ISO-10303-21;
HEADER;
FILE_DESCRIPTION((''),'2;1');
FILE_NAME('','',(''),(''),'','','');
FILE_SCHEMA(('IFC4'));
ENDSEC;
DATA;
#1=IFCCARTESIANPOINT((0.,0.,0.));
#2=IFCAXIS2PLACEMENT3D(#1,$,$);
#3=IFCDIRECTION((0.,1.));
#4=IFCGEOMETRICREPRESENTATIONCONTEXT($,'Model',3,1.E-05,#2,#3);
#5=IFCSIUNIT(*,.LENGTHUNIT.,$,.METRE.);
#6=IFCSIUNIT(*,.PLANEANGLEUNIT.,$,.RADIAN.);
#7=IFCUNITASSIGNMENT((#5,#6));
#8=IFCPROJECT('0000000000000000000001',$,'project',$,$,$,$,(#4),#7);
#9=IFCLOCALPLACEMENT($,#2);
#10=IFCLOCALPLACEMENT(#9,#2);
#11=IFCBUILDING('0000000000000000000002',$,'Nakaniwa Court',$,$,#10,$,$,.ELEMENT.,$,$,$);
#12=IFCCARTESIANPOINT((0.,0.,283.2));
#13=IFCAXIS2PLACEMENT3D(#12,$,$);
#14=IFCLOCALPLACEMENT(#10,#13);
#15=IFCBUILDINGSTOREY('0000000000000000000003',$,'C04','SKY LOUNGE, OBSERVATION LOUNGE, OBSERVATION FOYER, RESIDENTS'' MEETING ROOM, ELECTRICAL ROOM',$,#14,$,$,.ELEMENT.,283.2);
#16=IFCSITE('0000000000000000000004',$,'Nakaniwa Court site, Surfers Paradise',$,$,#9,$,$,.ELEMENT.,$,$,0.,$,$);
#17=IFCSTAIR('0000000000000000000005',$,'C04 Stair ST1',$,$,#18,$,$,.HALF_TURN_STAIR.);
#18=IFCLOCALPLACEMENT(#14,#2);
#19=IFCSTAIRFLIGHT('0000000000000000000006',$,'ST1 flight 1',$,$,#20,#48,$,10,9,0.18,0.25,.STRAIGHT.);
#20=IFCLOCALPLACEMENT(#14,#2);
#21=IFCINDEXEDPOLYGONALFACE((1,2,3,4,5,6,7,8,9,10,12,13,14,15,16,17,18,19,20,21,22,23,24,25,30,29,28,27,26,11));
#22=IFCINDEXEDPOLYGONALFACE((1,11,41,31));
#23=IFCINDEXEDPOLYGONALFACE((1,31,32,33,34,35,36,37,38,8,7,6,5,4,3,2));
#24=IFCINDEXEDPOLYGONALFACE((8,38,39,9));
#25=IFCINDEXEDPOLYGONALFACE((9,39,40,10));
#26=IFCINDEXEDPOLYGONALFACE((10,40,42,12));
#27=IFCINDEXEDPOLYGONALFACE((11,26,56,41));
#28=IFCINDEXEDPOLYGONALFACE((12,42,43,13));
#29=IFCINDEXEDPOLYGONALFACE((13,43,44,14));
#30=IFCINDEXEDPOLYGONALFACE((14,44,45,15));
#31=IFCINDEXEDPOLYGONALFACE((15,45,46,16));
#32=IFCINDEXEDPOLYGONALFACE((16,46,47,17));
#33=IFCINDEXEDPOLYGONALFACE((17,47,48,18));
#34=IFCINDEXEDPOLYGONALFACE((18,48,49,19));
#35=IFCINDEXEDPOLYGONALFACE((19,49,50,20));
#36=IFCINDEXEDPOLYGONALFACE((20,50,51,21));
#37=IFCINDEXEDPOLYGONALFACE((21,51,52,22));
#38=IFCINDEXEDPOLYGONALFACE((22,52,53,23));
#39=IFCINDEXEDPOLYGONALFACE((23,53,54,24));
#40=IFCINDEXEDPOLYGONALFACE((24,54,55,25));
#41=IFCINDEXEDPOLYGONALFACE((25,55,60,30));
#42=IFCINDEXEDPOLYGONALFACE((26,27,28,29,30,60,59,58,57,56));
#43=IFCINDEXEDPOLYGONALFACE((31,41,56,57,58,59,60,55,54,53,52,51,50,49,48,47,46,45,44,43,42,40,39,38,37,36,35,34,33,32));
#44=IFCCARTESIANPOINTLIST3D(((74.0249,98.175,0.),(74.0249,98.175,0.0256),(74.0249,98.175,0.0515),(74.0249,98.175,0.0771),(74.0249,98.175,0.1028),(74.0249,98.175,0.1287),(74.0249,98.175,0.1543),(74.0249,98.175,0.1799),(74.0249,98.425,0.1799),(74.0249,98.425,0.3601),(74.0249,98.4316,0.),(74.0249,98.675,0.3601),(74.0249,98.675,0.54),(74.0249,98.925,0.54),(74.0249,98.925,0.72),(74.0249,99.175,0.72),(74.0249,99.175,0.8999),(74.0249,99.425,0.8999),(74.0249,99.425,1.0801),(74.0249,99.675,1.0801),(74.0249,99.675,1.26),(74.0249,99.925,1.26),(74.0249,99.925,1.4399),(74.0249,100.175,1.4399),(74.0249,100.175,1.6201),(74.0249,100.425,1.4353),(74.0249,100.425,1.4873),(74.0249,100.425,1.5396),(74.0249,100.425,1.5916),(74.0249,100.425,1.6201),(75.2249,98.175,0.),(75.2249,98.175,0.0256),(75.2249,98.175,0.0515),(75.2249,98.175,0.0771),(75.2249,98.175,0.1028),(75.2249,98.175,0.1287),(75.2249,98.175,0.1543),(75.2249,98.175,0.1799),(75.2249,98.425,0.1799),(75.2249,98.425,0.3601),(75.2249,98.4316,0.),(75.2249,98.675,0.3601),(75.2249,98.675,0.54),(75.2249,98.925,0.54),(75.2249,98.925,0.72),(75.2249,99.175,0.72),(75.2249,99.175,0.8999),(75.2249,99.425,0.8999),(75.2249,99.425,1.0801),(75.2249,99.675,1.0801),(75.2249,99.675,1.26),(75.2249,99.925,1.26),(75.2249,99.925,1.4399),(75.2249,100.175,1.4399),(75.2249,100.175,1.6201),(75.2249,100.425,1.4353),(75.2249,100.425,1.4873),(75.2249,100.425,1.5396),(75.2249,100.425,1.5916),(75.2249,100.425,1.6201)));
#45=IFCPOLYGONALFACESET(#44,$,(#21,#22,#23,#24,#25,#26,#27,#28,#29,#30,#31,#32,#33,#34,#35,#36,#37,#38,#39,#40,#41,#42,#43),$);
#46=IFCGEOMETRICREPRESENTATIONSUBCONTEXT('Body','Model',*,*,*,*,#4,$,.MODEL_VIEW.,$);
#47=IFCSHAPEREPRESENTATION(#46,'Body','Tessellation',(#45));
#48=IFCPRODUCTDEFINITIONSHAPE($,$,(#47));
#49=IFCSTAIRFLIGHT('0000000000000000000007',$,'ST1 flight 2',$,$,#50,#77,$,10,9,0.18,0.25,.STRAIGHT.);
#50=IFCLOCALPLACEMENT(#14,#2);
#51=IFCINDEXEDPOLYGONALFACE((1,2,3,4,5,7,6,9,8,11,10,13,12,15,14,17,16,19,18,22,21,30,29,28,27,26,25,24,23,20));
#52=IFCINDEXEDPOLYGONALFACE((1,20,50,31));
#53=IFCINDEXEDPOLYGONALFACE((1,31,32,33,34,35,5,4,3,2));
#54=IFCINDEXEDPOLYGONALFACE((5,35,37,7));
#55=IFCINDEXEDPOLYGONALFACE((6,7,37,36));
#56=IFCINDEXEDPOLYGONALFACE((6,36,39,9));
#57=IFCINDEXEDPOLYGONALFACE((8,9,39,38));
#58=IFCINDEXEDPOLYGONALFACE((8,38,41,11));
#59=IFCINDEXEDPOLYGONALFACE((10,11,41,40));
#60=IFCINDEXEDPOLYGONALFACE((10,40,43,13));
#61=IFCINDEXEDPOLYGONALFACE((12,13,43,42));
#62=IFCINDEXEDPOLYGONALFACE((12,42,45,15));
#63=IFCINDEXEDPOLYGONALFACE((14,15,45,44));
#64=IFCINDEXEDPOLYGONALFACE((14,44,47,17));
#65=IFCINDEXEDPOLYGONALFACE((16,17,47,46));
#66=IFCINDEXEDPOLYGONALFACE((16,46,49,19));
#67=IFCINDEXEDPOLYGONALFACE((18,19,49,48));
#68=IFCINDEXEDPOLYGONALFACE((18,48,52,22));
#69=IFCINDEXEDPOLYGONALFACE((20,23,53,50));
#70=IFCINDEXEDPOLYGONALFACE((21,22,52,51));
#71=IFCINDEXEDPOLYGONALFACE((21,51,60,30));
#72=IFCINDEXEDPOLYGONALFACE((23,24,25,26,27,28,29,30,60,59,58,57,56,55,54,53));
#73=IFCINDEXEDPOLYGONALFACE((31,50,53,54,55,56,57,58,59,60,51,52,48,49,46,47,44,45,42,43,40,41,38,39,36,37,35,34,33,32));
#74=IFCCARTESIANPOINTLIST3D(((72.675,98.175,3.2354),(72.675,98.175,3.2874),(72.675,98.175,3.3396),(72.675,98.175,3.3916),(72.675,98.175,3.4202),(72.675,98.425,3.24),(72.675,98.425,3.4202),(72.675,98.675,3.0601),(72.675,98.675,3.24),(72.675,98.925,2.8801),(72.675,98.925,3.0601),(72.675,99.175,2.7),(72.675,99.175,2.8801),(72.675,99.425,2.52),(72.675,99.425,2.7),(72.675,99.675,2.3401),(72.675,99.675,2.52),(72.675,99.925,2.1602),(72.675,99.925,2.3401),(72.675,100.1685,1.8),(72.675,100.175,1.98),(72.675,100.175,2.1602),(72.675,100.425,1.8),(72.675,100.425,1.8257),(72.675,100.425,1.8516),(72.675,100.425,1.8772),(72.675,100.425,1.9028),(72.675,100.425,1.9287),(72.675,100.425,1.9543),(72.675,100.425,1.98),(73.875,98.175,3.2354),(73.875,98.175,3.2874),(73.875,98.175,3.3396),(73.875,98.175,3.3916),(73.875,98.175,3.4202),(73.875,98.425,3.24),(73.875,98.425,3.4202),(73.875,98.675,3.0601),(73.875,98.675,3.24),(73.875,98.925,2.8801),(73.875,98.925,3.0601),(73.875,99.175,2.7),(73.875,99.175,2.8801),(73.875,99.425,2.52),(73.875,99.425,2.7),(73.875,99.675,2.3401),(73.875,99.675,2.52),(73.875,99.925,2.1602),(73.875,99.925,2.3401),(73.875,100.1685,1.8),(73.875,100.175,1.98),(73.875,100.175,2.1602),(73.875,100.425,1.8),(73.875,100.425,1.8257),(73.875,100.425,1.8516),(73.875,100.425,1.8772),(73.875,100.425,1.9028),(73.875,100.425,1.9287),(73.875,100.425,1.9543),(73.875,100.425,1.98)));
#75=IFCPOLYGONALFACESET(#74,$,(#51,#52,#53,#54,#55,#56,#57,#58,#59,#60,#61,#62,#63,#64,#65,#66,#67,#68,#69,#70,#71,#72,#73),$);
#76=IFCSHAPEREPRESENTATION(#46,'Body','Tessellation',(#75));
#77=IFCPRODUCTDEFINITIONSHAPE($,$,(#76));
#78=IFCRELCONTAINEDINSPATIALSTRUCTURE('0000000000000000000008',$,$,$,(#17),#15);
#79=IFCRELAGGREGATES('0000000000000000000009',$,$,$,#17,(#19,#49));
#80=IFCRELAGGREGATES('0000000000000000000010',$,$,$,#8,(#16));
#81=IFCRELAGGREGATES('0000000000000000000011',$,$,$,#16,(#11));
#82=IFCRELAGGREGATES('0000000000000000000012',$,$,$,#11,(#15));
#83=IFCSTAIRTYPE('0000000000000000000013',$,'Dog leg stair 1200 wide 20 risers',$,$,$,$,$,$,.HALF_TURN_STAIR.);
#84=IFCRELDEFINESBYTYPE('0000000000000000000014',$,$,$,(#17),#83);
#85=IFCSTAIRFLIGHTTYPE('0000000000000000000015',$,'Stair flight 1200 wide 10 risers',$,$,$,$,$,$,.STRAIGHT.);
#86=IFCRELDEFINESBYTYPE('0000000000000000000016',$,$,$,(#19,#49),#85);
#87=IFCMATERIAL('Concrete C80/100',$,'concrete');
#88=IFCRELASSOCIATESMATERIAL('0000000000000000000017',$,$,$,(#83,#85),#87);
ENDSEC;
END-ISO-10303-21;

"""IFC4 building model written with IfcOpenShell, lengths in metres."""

from ifc_helpers import new_model, si_unit, direction, frame, origin, place, context, subcontext, project, spatial, polyline, outline, extrude, material, type_object, element, aggregate, save


model = new_model("IFC4")

# Units and contexts
model_context = context("Model", 3, precision=1e-05, world=origin(), true_north=direction((0.0, 1.0)))
body_context = subcontext(model_context, "Body", "Model", "MODEL_VIEW")
ifc_project = project(units=[si_unit("LENGTHUNIT", "METRE"), si_unit("PLANEANGLEUNIT", "RADIAN")], contexts=[model_context])

# Site, building, storey
site_placement = place(None, origin())
site = spatial("IfcSite", under=ifc_project, at=site_placement, Name="Nakaniwa Court site, Surfers Paradise", CompositionType="ELEMENT", RefElevation=0.0)
building_placement = place(site_placement, origin())
building = spatial("IfcBuilding", under=site, at=building_placement, Name="Nakaniwa Court", CompositionType="ELEMENT")
storey_placement = place(building_placement, frame((0.0, 0.0, 283.2)))
storey = spatial("IfcBuildingStorey", under=building, at=storey_placement, Name="C04", Description="SKY LOUNGE, OBSERVATION LOUNGE, OBSERVATION FOYER, RESIDENTS' MEETING ROOM, ELECTRICAL ROOM", CompositionType="ELEMENT", Elevation=283.2)

# Shared definitions
ifc_material_1 = material(Name="Concrete C80/100", Category="concrete")

# Stair, stair flights
stair_type = type_object("IfcStairType", Name="Dog leg stair 1200 wide 20 risers", PredefinedType="HALF_TURN_STAIR", material=ifc_material_1)
stair_placement = place(storey_placement, origin())
stair = element("IfcStair", 1, at=stair_placement, inside=storey, type_object=stair_type, Name="C04 Stair ST1", PredefinedType="HALF_TURN_STAIR")
stair_flight_type = type_object("IfcStairFlightType", Name="Stair flight 1200 wide 10 risers", PredefinedType="STRAIGHT", material=ifc_material_1)
stair_flight_1_placement = place(storey_placement, frame((74.625, 98.175, 0.0), z_axis=(0.0, 0.0, 1.0), x_axis=(0.0, 1.0, 0.0)))
stair_flight_1 = element("IfcStairFlight", 2, at=stair_flight_1_placement, type_object=stair_flight_type, Name="ST1 flight 1", NumberOfRisers=10, NumberOfTreads=9, PredefinedType="STRAIGHT", RiserHeight=0.18, TreadLength=0.25, context=body_context, shape_type="SweptSolid", body=[
    extrude(outline(polyline([(0.0, 0.0), (0.0, 0.0256), (0.0, 0.0515), (0.0, 0.0771), (0.0, 0.1028), (0.0, 0.1287), (0.0, 0.1543), (0.0, 0.1799), (0.25, 0.1799), (0.25, 0.3601), (0.5, 0.3601), (0.5, 0.54), (0.75, 0.54), (0.75, 0.72), (1.0, 0.72), (1.0, 0.8999), (1.25, 0.8999), (1.25, 1.0801), (1.5, 1.0801), (1.5, 1.26), (1.75, 1.26), (1.75, 1.4399), (2.0, 1.4399), (2.0, 1.6201), (2.25, 1.6201), (2.25, 1.8), (2.25, 1.7478), (2.25, 1.6958), (2.25, 1.6438), (2.25, 1.5916), (2.25, 1.5396), (2.25, 1.4873), (2.25, 1.4353), (0.2566, 0.0), (0.0, 0.0)])), frame((0.0, 0.6001, 0.0), z_axis=(0.0, -1.0, 0.0), x_axis=(1.0, 0.0, 0.0)), (0.0, 0.0, 1.0), 1.2),
])
stair_flight_2_placement = place(storey_placement, frame((73.2749, 100.425, 1.8), z_axis=(0.0, 0.0, 1.0), x_axis=(0.0, -1.0, 0.0)))
stair_flight_2 = element("IfcStairFlight", 3, at=stair_flight_2_placement, type_object=stair_flight_type, Name="ST1 flight 2", NumberOfRisers=10, NumberOfTreads=9, PredefinedType="STRAIGHT", RiserHeight=0.18, TreadLength=0.25, context=body_context, shape_type="SweptSolid", body=[
    extrude(outline(polyline([(0.0, 0.0), (0.0, 0.0256), (0.0, 0.0515), (0.0, 0.0771), (0.0, 0.1028), (0.0, 0.1287), (0.0, 0.1543), (0.0, 0.1799), (0.25, 0.1799), (0.25, 0.3601), (0.5, 0.3601), (0.5, 0.54), (0.75, 0.54), (0.75, 0.72), (1.0, 0.72), (1.0, 0.8999), (1.25, 0.8999), (1.25, 1.0801), (1.5, 1.0801), (1.5, 1.26), (1.75, 1.26), (1.75, 1.4399), (2.0, 1.4399), (2.0, 1.6201), (2.25, 1.6201), (2.25, 1.8), (2.25, 1.7478), (2.25, 1.6958), (2.25, 1.6438), (2.25, 1.5916), (2.25, 1.5396), (2.25, 1.4873), (2.25, 1.4353), (0.2566, 0.0), (0.0, 0.0)])), frame((0.0, 0.6001, 0.0), z_axis=(0.0, -1.0, 0.0), x_axis=(1.0, 0.0, 0.0)), (0.0, 0.0, 1.0), 1.2),
])
aggregate(stair, [stair_flight_1, stair_flight_2])

save(model, "model.ifc")
